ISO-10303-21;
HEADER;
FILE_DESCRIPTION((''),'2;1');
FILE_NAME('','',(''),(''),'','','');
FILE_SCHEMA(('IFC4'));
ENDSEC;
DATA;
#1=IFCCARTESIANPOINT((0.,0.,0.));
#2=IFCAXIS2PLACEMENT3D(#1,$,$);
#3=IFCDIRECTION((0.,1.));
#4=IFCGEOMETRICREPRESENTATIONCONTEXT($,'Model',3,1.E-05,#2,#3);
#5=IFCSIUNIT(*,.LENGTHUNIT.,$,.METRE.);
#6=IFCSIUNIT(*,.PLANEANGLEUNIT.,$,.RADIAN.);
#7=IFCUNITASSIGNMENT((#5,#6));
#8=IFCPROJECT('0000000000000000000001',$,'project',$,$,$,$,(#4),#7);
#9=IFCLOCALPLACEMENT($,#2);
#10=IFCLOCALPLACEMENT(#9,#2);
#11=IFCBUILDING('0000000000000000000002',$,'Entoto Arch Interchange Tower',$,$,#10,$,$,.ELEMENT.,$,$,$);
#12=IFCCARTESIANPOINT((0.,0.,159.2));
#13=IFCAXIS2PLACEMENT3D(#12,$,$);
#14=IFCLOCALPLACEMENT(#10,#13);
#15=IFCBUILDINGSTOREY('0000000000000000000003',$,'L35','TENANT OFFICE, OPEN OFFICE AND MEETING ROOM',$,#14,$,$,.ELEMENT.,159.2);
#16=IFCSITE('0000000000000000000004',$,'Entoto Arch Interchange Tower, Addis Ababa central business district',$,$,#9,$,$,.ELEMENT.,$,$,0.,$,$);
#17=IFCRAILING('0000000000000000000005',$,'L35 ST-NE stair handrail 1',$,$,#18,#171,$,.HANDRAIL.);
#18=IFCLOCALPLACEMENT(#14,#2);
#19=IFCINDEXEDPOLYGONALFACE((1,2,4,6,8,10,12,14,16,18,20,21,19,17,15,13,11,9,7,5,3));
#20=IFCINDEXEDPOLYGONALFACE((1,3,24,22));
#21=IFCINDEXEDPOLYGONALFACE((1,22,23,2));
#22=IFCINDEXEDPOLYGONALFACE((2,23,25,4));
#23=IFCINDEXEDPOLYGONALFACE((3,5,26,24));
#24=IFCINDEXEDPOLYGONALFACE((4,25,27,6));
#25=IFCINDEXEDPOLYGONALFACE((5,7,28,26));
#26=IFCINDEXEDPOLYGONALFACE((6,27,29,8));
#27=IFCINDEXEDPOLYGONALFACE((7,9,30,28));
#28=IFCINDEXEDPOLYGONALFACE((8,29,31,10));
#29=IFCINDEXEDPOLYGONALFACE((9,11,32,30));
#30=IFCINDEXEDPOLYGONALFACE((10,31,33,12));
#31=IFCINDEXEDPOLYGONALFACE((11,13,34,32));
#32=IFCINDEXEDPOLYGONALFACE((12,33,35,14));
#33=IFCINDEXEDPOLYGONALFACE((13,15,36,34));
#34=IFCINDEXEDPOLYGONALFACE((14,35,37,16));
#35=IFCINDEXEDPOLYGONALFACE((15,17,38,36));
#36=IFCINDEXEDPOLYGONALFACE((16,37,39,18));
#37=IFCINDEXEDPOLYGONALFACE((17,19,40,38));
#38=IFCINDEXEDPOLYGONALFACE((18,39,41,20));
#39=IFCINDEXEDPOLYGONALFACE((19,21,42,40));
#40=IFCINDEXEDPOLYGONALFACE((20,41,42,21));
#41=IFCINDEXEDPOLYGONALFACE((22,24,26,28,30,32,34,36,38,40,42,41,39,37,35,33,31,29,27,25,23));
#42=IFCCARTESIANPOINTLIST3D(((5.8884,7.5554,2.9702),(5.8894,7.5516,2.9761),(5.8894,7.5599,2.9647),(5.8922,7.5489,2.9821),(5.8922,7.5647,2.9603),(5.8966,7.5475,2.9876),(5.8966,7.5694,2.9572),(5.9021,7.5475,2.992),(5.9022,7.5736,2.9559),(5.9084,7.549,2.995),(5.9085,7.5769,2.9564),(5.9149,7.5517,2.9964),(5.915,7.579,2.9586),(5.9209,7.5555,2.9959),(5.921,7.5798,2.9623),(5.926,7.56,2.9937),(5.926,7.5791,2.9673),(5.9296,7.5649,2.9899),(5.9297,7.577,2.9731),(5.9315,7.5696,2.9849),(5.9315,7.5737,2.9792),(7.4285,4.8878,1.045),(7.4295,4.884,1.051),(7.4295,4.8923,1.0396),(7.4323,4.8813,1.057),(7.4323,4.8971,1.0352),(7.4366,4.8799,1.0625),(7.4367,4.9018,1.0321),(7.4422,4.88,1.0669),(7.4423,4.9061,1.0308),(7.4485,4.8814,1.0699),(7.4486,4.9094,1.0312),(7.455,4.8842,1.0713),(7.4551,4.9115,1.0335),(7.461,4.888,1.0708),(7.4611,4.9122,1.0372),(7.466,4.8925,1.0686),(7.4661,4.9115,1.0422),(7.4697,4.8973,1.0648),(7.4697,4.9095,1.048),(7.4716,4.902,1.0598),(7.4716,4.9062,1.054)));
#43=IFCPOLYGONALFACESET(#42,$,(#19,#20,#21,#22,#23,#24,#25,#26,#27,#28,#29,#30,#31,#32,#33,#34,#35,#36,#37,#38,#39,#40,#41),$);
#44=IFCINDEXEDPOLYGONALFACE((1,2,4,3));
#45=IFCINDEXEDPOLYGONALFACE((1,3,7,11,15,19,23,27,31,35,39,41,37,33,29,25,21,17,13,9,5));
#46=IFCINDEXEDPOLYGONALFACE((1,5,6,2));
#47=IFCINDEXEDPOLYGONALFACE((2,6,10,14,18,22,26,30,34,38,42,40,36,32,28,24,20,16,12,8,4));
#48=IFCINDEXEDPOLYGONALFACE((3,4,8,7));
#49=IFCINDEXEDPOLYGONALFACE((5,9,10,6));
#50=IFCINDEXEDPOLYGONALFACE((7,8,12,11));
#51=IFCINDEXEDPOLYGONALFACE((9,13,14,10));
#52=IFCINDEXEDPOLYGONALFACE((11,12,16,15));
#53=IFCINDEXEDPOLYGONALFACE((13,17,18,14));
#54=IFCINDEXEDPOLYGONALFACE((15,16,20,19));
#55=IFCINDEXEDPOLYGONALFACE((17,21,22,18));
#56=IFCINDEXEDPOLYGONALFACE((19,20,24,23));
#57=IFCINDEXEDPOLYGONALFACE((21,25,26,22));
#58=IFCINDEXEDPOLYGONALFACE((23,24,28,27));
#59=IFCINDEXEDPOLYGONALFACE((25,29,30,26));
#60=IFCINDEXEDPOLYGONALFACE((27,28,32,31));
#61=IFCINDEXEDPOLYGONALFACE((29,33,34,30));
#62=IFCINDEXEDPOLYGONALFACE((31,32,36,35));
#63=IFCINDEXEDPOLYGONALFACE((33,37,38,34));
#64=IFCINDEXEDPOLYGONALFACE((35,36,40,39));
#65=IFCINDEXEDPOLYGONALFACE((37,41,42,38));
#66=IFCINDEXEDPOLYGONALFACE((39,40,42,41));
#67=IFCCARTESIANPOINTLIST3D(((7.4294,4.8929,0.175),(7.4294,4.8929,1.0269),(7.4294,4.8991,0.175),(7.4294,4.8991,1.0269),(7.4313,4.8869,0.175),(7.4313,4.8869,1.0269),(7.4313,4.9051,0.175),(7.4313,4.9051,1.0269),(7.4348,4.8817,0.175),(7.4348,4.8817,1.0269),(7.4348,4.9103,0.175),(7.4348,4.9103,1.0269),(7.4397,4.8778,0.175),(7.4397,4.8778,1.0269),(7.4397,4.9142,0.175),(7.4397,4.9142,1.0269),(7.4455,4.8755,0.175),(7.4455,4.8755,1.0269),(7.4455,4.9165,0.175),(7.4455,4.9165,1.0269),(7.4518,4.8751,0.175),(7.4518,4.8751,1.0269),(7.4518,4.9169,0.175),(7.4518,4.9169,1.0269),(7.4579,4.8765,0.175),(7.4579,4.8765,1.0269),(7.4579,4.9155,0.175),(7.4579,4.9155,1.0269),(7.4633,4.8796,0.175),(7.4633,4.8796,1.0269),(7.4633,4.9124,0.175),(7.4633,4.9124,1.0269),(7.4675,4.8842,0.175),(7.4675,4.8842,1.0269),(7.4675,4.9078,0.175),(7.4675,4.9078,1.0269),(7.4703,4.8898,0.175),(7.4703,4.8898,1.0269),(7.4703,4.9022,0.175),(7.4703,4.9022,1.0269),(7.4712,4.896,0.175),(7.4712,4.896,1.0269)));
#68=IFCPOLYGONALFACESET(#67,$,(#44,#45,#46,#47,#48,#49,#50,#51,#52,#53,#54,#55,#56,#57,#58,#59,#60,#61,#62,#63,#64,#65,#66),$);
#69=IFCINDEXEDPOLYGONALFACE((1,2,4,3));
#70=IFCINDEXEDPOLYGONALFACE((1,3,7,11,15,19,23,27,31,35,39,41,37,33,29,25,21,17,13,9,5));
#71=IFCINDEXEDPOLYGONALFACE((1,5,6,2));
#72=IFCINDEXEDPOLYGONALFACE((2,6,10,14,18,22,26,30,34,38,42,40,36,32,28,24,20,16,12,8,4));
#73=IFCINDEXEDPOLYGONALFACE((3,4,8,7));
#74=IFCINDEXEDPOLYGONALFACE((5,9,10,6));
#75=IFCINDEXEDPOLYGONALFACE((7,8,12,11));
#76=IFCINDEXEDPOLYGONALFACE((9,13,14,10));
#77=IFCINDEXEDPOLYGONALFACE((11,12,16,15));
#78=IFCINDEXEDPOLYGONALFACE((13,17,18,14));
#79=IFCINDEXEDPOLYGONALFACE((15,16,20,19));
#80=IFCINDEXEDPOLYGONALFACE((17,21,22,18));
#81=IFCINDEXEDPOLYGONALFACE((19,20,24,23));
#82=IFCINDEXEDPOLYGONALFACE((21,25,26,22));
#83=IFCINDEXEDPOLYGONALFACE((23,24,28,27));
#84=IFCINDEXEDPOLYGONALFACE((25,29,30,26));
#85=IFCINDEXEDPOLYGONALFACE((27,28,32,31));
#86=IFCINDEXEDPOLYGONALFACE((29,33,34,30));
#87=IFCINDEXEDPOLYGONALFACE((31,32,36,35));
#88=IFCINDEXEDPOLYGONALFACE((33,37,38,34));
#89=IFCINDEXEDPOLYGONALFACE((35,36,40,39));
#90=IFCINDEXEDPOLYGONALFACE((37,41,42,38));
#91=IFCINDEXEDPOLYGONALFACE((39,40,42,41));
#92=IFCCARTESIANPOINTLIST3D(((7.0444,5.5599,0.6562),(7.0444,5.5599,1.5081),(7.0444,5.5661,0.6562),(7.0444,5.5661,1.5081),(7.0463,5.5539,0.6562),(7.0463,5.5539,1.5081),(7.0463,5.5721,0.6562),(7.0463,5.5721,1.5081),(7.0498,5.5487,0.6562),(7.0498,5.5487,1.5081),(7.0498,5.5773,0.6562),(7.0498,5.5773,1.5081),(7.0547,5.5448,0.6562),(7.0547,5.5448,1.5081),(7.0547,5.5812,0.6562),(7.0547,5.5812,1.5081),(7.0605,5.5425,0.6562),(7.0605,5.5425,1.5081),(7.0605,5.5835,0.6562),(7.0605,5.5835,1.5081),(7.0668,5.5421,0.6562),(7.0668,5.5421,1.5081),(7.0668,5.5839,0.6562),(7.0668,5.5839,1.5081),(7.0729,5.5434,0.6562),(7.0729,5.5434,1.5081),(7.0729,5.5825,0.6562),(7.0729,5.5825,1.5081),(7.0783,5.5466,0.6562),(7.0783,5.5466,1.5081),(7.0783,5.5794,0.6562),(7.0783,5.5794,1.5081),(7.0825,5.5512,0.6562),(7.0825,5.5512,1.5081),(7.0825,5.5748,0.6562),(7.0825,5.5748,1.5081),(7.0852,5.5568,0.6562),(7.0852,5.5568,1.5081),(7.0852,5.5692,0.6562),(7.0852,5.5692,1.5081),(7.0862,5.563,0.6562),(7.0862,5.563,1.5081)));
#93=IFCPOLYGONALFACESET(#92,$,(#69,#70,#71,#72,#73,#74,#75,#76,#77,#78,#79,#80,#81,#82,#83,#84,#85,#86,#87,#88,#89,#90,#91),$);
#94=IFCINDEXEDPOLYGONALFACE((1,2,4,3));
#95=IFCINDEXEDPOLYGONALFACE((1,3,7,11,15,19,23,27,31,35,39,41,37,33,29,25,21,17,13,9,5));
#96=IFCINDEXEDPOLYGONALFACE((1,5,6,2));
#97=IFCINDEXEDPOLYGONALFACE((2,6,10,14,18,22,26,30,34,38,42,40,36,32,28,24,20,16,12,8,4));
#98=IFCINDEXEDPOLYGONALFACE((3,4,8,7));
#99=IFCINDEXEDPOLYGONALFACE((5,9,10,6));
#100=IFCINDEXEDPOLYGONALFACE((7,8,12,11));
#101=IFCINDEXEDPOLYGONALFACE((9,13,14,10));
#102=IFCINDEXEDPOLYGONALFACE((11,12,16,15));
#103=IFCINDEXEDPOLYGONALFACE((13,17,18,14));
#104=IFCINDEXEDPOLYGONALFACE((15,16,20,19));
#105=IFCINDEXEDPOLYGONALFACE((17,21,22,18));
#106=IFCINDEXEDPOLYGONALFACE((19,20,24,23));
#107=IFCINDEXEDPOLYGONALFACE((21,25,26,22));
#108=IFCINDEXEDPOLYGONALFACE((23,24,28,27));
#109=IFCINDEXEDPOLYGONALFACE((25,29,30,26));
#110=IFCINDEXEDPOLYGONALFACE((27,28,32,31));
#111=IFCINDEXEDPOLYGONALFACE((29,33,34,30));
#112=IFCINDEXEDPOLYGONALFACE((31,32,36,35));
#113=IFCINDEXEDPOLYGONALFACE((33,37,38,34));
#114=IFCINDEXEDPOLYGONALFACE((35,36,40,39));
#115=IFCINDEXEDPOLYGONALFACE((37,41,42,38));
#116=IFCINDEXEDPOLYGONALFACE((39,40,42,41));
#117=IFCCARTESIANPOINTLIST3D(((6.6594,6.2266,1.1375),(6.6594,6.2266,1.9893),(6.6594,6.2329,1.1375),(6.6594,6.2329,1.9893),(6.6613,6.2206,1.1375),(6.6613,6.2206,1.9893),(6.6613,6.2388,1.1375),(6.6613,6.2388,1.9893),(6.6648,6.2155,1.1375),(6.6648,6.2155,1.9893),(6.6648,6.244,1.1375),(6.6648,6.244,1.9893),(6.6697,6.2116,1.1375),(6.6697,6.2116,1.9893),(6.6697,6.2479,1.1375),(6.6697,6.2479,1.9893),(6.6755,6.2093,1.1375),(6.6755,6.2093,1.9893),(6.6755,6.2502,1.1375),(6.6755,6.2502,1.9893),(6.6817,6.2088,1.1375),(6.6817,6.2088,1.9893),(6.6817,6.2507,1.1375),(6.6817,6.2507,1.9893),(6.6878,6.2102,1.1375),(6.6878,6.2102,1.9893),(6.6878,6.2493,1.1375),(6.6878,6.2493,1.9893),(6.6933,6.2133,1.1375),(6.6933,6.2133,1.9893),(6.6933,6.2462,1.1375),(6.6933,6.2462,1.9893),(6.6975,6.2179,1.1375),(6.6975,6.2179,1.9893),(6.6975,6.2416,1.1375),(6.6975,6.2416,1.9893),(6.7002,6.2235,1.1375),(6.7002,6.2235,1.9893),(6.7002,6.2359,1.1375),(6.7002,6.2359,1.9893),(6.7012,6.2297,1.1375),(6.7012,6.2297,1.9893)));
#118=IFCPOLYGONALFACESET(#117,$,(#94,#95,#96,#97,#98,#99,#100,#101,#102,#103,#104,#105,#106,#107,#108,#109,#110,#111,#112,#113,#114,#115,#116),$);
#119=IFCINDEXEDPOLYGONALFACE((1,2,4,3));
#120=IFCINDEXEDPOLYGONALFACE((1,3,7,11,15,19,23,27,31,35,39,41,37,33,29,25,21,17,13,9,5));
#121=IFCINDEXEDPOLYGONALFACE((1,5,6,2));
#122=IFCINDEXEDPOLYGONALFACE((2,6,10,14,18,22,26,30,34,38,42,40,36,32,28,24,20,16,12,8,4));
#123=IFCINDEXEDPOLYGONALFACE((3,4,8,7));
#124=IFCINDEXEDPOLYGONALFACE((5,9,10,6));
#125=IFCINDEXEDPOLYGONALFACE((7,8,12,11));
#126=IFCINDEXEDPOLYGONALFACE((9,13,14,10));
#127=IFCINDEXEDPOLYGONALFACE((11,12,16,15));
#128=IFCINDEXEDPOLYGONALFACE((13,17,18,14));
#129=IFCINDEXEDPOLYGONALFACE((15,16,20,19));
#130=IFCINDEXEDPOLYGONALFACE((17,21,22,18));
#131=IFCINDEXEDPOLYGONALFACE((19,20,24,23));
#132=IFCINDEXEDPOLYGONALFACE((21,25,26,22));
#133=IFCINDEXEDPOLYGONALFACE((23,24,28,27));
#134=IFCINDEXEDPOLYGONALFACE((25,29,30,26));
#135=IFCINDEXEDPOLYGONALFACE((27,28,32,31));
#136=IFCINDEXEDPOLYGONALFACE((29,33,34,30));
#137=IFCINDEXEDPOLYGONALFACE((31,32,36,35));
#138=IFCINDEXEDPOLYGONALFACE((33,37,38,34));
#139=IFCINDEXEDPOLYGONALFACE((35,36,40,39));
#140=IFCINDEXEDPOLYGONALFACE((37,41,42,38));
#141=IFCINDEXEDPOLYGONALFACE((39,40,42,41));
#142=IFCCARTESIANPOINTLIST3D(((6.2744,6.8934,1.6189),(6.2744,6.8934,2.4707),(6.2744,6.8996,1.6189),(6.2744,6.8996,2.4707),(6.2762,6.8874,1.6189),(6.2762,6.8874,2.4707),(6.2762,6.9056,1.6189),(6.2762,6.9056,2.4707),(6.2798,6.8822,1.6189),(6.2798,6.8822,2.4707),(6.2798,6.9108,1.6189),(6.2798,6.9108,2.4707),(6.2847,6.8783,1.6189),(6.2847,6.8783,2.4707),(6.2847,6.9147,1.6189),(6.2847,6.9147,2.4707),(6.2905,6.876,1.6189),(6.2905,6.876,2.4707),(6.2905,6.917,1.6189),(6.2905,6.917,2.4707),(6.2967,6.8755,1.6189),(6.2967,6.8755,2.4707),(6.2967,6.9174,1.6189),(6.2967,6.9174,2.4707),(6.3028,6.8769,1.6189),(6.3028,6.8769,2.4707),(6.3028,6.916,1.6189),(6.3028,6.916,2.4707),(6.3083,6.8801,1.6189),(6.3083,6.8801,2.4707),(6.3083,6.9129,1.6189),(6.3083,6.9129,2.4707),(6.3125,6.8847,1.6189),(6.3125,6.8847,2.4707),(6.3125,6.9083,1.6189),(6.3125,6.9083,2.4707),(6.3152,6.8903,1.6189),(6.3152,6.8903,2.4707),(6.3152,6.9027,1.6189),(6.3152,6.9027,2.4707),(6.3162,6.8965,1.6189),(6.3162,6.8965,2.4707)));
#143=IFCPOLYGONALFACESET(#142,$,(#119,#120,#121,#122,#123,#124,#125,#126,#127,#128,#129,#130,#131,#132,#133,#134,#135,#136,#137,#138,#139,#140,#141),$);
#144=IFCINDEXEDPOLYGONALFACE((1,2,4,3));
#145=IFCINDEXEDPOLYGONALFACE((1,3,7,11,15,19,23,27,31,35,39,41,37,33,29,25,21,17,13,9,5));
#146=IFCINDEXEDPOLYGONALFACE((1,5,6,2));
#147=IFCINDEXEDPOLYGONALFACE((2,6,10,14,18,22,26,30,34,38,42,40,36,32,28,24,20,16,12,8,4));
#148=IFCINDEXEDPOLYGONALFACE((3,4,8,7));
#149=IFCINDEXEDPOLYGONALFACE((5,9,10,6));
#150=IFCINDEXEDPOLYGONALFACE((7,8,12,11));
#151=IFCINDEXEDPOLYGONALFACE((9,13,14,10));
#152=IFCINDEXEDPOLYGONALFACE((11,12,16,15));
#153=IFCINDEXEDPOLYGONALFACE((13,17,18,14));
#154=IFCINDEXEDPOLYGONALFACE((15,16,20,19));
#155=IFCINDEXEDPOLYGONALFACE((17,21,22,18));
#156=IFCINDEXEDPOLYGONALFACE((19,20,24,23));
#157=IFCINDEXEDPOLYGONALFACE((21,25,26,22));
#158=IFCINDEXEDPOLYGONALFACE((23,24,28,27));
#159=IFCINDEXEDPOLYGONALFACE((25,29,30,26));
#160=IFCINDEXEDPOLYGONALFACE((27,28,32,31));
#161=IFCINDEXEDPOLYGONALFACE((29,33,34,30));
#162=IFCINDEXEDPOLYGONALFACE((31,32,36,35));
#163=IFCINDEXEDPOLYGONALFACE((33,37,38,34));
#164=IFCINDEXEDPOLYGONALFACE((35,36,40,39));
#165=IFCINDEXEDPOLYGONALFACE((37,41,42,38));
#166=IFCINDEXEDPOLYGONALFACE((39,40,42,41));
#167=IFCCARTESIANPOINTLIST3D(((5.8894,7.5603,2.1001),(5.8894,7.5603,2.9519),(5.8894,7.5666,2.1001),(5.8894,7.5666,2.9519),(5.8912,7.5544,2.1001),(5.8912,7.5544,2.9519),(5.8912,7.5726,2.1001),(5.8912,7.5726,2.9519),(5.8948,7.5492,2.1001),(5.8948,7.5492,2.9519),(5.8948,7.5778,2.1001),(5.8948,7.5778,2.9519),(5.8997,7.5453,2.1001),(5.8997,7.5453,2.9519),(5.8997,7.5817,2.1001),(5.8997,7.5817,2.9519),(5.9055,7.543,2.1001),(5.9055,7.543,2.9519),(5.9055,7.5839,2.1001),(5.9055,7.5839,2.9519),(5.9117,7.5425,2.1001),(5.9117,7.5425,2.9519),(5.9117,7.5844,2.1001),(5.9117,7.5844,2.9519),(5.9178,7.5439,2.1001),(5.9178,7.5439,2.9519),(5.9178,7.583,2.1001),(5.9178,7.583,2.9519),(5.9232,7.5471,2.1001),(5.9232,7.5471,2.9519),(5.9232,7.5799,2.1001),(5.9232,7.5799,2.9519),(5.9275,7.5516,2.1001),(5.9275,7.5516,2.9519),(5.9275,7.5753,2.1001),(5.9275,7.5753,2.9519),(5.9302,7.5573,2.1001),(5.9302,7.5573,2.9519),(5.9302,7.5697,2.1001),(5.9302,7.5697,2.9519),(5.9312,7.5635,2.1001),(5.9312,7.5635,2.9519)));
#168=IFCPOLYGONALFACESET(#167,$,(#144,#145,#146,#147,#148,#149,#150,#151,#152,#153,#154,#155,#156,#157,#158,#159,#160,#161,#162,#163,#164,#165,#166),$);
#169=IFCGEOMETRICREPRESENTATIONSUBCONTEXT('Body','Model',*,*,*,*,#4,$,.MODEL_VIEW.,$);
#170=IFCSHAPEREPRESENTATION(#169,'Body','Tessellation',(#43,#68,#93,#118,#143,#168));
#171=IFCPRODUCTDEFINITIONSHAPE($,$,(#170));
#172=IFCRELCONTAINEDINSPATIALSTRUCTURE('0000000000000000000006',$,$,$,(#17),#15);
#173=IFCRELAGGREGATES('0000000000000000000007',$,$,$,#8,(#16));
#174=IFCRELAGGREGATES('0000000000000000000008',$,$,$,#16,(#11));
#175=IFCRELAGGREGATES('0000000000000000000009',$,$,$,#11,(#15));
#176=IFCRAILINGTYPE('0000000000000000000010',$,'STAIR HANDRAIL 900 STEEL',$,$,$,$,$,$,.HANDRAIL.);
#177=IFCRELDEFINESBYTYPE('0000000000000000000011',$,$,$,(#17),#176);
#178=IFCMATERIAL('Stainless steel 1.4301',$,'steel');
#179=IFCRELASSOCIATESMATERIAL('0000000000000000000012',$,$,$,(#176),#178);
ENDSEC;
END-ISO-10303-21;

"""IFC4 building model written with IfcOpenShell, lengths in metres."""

from ifc_helpers import new_model, si_unit, direction, frame, origin, origin_2d, place, context, subcontext, project, spatial, circle, extrude, material, type_object, element, save


model = new_model("IFC4")

# Units and contexts
model_context = context("Model", 3, precision=1e-05, world=origin(), true_north=direction((0.0, 1.0)))
body_context = subcontext(model_context, "Body", "Model", "MODEL_VIEW")
ifc_project = project(units=[si_unit("LENGTHUNIT", "METRE"), si_unit("PLANEANGLEUNIT", "RADIAN")], contexts=[model_context])

# Site, building, storey
site_placement = place(None, origin())
site = spatial("IfcSite", under=ifc_project, at=site_placement, Name="Entoto Arch Interchange Tower, Addis Ababa central business district", CompositionType="ELEMENT", RefElevation=0.0)
building_placement = place(site_placement, origin())
building = spatial("IfcBuilding", under=site, at=building_placement, Name="Entoto Arch Interchange Tower", CompositionType="ELEMENT")
storey_placement = place(building_placement, frame((0.0, 0.0, 159.2)))
storey = spatial("IfcBuildingStorey", under=building, at=storey_placement, Name="L35", Description="TENANT OFFICE, OPEN OFFICE AND MEETING ROOM", CompositionType="ELEMENT", Elevation=159.2)

# Railing
ifc_material_1 = material(Name="Stainless steel 1.4301", Category="steel")
railing_type_1 = type_object("IfcRailingType", Name="STAIR HANDRAIL 900 STEEL", PredefinedType="HANDRAIL", material=ifc_material_1)
railing_1_placement = place(storey_placement, frame((7.4502, 4.896, 0.175)))
element("IfcRailing", 1, at=railing_1_placement, inside=storey, type_object=railing_type_1, Name="L35 ST-NE stair handrail 1", PredefinedType="HANDRAIL", context=body_context, shape_type="SweptSolid", body=[
    extrude(circle(Radius=0.0239, at=origin_2d()), frame((0.0, 0.0, 0.876), z_axis=(-0.423994, 0.734395, 0.529993), x_axis=(-0.86603, -0.499992, 0.0)), (0.0, 0.0, 1.0), 3.6323),
    extrude(circle(Radius=0.021, at=origin_2d()), origin(), (0.0, 0.0, 1.0), 0.8518),
    extrude(circle(Radius=0.021, at=origin_2d()), frame((-0.385, 0.667, 0.4812)), (0.0, 0.0, 1.0), 0.8518),
    extrude(circle(Radius=0.021, at=origin_2d()), frame((-0.77, 1.3337, 0.9624)), (0.0, 0.0, 1.0), 0.8518),
    extrude(circle(Radius=0.021, at=origin_2d()), frame((-1.155, 2.0005, 1.4438)), (0.0, 0.0, 1.0), 0.8518),
    extrude(circle(Radius=0.021, at=origin_2d()), frame((-1.54, 2.6675, 1.925)), (0.0, 0.0, 1.0), 0.8518),
])

save(model, "model.ifc")
